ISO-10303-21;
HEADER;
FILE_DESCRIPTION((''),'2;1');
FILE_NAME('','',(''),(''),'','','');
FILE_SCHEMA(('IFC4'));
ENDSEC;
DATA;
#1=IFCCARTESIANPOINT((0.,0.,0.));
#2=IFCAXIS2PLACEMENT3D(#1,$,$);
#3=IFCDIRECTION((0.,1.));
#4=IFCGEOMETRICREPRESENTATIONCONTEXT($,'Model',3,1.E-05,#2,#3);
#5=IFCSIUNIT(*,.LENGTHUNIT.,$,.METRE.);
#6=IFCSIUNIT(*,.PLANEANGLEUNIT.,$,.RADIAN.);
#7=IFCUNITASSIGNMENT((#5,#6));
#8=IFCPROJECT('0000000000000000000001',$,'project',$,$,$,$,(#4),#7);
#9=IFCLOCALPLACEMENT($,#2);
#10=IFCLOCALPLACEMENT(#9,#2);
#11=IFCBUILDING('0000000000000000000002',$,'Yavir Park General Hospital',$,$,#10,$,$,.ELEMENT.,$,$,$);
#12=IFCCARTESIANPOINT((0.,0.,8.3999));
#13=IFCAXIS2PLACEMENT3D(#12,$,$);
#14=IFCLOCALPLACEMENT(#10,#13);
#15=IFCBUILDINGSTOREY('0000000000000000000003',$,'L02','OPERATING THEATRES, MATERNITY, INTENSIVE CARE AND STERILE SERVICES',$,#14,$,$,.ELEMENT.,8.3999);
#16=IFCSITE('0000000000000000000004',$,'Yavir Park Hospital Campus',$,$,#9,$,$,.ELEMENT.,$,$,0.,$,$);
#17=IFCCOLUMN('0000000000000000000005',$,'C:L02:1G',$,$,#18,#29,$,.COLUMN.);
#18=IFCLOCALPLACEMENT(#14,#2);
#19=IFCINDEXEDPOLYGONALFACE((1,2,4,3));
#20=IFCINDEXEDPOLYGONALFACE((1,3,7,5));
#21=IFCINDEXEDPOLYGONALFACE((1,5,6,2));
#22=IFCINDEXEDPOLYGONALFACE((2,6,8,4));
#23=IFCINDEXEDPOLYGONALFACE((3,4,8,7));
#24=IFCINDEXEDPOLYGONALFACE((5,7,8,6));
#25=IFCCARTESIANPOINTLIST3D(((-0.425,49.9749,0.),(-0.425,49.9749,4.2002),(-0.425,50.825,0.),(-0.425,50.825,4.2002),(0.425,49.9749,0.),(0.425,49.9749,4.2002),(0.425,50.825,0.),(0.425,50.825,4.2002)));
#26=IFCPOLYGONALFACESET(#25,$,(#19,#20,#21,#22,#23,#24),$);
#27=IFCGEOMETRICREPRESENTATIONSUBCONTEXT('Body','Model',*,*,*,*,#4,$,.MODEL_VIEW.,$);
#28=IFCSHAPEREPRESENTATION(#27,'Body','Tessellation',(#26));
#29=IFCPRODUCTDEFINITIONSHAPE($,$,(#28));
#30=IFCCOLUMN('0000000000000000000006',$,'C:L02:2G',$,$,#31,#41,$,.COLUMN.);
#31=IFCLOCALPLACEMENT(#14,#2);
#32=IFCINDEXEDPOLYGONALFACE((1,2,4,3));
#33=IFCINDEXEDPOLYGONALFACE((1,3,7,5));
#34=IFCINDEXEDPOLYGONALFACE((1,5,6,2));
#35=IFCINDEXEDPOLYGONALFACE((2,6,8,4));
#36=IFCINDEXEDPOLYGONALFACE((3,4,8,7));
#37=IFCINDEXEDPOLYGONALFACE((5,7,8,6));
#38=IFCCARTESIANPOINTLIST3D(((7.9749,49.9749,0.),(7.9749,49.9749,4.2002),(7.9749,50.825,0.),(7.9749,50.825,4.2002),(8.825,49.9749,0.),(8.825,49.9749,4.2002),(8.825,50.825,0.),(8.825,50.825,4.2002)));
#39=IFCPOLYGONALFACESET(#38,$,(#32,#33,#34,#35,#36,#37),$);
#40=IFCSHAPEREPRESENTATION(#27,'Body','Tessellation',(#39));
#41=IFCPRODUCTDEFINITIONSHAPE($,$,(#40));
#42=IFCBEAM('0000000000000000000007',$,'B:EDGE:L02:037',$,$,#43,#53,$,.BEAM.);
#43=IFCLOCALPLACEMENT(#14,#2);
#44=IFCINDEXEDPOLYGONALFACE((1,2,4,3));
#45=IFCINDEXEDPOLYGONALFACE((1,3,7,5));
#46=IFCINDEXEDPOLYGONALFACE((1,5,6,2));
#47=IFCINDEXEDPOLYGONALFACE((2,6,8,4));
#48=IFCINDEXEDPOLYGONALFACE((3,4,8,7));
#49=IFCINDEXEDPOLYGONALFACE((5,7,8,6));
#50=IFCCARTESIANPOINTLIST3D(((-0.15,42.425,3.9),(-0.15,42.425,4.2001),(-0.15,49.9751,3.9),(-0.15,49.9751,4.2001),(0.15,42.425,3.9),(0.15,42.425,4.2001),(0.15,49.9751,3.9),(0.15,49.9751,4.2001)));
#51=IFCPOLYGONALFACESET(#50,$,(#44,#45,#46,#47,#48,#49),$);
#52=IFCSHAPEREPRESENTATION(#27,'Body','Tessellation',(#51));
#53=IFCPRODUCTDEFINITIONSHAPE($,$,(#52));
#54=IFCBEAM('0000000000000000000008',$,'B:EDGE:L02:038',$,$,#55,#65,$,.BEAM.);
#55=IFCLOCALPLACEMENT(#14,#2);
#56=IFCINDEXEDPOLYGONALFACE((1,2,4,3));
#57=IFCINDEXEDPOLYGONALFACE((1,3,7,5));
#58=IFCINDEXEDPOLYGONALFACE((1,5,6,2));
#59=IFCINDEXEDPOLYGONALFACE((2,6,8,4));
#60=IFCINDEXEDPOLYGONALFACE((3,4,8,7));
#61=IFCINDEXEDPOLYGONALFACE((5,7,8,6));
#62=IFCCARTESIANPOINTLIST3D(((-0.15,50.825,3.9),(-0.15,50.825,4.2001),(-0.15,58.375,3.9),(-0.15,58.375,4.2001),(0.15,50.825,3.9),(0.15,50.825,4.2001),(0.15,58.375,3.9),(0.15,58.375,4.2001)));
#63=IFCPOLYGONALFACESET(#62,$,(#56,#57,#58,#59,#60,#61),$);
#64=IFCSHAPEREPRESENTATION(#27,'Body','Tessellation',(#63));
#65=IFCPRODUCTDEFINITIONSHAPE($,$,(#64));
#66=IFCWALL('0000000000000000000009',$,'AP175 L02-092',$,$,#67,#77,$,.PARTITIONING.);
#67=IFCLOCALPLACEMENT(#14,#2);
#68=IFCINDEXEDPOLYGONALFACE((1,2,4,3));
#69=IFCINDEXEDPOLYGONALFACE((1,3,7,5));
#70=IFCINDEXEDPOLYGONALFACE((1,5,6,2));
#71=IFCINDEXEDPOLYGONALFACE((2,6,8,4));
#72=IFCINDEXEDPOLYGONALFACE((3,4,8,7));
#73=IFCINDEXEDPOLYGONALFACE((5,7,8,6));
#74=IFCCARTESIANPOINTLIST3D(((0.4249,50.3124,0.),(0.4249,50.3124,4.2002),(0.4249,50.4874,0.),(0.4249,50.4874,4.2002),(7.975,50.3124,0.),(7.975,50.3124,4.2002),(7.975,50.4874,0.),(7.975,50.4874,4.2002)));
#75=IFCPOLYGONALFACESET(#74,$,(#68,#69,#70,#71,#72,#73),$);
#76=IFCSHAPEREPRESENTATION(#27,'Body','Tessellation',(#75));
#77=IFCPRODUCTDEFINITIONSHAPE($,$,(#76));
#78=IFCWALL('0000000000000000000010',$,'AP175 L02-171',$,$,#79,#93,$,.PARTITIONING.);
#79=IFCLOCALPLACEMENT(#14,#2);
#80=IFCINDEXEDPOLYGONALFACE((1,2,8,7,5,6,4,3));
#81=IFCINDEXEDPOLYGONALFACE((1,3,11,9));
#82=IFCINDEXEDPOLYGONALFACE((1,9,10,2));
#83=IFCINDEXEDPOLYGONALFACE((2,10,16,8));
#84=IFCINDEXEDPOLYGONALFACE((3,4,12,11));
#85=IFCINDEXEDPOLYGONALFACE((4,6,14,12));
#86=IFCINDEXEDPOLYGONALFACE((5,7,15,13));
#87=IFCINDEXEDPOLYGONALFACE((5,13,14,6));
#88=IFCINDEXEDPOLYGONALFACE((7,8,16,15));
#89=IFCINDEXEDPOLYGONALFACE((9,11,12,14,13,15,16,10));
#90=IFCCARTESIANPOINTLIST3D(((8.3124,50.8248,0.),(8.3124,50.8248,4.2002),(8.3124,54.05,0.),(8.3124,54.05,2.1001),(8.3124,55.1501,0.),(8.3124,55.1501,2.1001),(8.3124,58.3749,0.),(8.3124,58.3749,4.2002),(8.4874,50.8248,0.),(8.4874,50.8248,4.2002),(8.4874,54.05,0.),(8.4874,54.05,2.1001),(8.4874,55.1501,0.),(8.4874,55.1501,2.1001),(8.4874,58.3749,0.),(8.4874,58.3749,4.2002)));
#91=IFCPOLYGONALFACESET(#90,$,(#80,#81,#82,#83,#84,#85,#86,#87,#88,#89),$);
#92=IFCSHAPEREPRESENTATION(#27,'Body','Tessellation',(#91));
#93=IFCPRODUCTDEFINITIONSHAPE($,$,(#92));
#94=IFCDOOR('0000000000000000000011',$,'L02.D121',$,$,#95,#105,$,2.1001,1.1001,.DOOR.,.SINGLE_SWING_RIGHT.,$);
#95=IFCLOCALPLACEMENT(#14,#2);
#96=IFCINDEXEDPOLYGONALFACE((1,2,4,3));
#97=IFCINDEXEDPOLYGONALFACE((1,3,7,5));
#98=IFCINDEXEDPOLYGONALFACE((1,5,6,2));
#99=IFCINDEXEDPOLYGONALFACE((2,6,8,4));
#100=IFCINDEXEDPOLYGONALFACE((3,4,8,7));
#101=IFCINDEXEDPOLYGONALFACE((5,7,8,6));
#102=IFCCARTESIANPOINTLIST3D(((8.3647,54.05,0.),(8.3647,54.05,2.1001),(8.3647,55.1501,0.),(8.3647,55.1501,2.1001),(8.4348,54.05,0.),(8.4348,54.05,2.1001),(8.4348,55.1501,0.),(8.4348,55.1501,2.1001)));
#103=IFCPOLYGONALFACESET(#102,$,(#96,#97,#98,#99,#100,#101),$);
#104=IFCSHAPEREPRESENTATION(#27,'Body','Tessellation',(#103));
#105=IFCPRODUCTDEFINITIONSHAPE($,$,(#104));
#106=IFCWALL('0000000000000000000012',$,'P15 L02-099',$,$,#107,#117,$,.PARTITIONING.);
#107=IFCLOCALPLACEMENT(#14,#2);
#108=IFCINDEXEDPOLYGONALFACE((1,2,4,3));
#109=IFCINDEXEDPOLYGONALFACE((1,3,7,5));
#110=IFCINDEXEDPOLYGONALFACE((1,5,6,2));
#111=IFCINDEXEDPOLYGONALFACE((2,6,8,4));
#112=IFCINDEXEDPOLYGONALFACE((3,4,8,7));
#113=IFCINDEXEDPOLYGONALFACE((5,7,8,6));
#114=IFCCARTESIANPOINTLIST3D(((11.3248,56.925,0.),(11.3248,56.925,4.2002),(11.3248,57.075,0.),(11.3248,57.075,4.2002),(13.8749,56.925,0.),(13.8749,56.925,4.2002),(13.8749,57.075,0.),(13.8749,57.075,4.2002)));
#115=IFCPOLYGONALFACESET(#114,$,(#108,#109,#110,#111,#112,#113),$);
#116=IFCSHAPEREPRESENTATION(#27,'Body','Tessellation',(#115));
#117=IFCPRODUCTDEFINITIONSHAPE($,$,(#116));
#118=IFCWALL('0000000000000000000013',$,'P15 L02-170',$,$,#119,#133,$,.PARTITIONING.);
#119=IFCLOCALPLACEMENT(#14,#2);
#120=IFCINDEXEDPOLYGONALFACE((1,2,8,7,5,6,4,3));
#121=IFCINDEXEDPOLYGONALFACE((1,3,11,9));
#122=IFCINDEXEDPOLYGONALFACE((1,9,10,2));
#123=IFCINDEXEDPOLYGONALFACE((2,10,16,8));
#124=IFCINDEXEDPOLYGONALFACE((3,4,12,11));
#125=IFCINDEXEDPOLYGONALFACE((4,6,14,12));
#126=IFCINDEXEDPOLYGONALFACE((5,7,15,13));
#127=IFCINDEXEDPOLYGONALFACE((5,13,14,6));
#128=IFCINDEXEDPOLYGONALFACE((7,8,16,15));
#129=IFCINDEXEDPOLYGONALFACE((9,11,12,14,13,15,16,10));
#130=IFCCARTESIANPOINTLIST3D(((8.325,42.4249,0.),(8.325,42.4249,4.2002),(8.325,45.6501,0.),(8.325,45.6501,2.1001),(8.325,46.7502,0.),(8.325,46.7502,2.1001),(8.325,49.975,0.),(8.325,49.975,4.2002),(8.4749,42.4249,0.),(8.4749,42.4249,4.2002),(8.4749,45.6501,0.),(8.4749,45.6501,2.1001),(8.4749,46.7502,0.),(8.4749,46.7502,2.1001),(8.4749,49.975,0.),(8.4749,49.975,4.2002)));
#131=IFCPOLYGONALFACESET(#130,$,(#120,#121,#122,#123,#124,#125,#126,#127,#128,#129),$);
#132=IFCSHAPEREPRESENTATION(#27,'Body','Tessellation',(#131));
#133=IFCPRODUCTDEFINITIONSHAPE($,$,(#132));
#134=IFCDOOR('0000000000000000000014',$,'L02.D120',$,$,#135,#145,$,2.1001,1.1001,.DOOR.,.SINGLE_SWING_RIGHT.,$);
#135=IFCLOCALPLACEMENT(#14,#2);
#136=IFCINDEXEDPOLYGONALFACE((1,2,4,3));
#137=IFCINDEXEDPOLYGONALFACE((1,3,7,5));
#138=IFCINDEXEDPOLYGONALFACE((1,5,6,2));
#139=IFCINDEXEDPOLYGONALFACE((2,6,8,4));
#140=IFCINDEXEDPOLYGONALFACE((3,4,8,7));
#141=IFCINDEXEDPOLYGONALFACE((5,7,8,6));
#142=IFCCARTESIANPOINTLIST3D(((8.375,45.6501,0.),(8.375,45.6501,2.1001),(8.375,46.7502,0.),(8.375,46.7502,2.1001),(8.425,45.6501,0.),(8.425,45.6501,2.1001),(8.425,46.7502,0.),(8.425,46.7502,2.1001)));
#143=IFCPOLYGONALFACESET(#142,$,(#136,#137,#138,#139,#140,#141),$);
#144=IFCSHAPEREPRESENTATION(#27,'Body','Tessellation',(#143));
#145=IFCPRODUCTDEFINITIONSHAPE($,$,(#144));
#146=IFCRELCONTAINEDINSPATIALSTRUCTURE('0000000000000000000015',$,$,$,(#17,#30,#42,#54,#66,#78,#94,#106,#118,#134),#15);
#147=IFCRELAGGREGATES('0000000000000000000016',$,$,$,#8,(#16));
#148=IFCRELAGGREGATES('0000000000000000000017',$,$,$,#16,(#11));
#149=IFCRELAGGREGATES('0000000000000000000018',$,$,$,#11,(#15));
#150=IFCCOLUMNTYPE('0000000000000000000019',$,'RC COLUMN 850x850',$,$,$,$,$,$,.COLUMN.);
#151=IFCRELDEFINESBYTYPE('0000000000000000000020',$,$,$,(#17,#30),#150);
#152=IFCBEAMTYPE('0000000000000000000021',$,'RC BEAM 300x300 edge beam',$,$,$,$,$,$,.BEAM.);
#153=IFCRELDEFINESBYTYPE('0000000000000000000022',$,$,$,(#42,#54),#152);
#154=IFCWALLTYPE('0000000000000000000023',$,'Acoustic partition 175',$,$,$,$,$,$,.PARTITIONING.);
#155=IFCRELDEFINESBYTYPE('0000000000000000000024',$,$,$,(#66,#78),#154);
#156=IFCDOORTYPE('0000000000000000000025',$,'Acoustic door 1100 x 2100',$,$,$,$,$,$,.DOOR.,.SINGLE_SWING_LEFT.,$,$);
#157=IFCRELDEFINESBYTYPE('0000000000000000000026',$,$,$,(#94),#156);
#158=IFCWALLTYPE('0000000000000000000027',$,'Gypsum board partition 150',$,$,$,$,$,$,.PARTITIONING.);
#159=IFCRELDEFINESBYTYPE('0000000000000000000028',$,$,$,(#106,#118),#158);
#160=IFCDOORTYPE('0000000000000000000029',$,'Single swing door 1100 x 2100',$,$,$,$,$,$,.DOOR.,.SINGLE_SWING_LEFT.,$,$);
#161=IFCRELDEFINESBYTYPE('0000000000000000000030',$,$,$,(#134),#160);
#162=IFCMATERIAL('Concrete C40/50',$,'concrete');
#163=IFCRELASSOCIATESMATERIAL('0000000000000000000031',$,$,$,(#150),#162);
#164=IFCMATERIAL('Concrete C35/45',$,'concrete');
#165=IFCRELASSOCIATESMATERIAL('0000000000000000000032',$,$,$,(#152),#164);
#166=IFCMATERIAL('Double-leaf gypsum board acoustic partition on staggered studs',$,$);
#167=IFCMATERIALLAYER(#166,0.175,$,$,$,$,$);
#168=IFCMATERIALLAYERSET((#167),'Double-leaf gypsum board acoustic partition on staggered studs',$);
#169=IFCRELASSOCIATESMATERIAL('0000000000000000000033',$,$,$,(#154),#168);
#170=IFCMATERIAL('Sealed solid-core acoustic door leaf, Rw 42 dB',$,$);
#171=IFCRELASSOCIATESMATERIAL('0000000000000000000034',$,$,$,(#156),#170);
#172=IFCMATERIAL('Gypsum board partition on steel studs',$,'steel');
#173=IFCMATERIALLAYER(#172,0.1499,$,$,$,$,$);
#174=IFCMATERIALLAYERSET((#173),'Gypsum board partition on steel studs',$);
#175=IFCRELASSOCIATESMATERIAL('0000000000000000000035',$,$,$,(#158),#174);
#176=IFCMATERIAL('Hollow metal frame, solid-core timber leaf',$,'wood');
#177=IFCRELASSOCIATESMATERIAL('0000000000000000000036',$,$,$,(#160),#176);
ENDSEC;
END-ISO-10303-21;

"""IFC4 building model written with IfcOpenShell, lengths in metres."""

from ifc_helpers import new_model, si_unit, direction, frame, frame_2d, origin, origin_2d, place, context, subcontext, project, spatial, rectangle, extrude, material, layer, layer_set, material_profile, profile_set, type_object, element, fill, save


model = new_model("IFC4")

# Units and contexts
model_context = context("Model", 3, precision=1e-05, world=origin(), true_north=direction((0.0, 1.0)))
body_context = subcontext(model_context, "Body", "Model", "MODEL_VIEW")
ifc_project = project(units=[si_unit("LENGTHUNIT", "METRE"), si_unit("PLANEANGLEUNIT", "RADIAN")], contexts=[model_context])

# Site, building, storey
site_placement = place(None, origin())
site = spatial("IfcSite", under=ifc_project, at=site_placement, Name="Yavir Park Hospital Campus", CompositionType="ELEMENT", RefElevation=0.0)
building_placement = place(site_placement, origin())
building = spatial("IfcBuilding", under=site, at=building_placement, Name="Yavir Park General Hospital", CompositionType="ELEMENT")
storey_placement = place(building_placement, frame((0.0, 0.0, 8.3999)))
storey = spatial("IfcBuildingStorey", under=building, at=storey_placement, Name="L02", Description="OPERATING THEATRES, MATERNITY, INTENSIVE CARE AND STERILE SERVICES", CompositionType="ELEMENT", Elevation=8.3999)

# Columns
ifc_material_1 = material(Name="Concrete C40/50", Category="concrete")
ifc_material_profile_1 = material_profile(ifc_material_1, rectangle(XDim=0.8501, YDim=0.8501, at=origin_2d()), Name="RC850x850")
ifc_profile_set_1 = profile_set([ifc_material_profile_1], Name="Concrete C40/50")
column_type = type_object("IfcColumnType", Name="RC COLUMN 850x850", PredefinedType="COLUMN", material=ifc_profile_set_1)
for number, where, z_axis, x_axis, name in (
    (1, (0.0, 50.3999, 0.0), (0.0, 0.0, 1.0), (1.0, 0.0, 0.0), "C:L02:1G"),
    (2, (8.3999, 50.3999, 0.0), (0.0, 0.0, 1.0), (1.0, 0.0, 0.0), "C:L02:2G"),
):
    element("IfcColumn", number, at=place(storey_placement, frame(where, z_axis=z_axis, x_axis=x_axis)), inside=storey, type_object=column_type, Name=name, PredefinedType="COLUMN", context=body_context, shape_type="SweptSolid", body=[
        extrude(rectangle(XDim=0.8501, YDim=0.8501, at=origin_2d()), origin(), (0.0, 0.0, 1.0), 4.2002),
    ])

# Beams
ifc_material_2 = material(Name="Concrete C35/45", Category="concrete")
ifc_material_profile_2 = material_profile(ifc_material_2, rectangle(XDim=0.3, YDim=0.3, at=origin_2d()), Name="RC300x300")
ifc_profile_set_2 = profile_set([ifc_material_profile_2], Name="Concrete C35/45")
beam_type = type_object("IfcBeamType", Name="RC BEAM 300x300 edge beam", PredefinedType="BEAM", material=ifc_profile_set_2)
for number, where, z_axis, x_axis, name in (
    (3, (0.0, 42.425, 4.05), (0.0, 1.0, 0.0), (-1.0, 0.0, 0.0), "B:EDGE:L02:037"),
    (4, (0.0, 50.825, 4.05), (0.0, 1.0, 0.0), (-1.0, 0.0, 0.0), "B:EDGE:L02:038"),
):
    element("IfcBeam", number, at=place(storey_placement, frame(where, z_axis=z_axis, x_axis=x_axis)), inside=storey, type_object=beam_type, Name=name, PredefinedType="BEAM", context=body_context, shape_type="SweptSolid", body=[
        extrude(rectangle(XDim=0.3, YDim=0.3, at=origin_2d()), origin(), (0.0, 0.0, 1.0), 7.55),
    ])

# Wall
ifc_material_3 = material(Name="Double-leaf gypsum board acoustic partition on staggered studs")
ifc_layer_1 = layer(ifc_material_3, 0.175)
ifc_layer_set_1 = layer_set([ifc_layer_1], Name="Double-leaf gypsum board acoustic partition on staggered studs")
wall_type_1 = type_object("IfcWallType", Name="Acoustic partition 175", PredefinedType="PARTITIONING", material=ifc_layer_set_1)
wall_1_placement = place(storey_placement, frame((0.425, 50.3999, 0.0), z_axis=(0.0, 0.0, 1.0), x_axis=(1.0, 0.0, 0.0)))
element("IfcWall", 5, at=wall_1_placement, inside=storey, type_object=wall_type_1, Name="AP175 L02-092", PredefinedType="PARTITIONING", context=body_context, shape_type="SweptSolid", body=[
    extrude(rectangle(XDim=7.55, YDim=0.175, at=frame_2d((3.7749, 0.0))), origin(), (0.0, 0.0, 1.0), 4.2002),
])

# Wall, opening, door
wall_2_placement = place(storey_placement, frame((8.3999, 50.825, 0.0), z_axis=(0.0, 0.0, 1.0), x_axis=(0.0, 1.0, 0.0)))
wall_2 = element("IfcWall", 6, at=wall_2_placement, inside=storey, type_object=wall_type_1, Name="AP175 L02-171", PredefinedType="PARTITIONING", context=body_context, shape_type="SweptSolid", body=[
    extrude(rectangle(XDim=7.55, YDim=0.175, at=frame_2d((3.7749, 0.0))), origin(), (0.0, 0.0, 1.0), 4.2002),
])
opening_1_placement = place(wall_2_placement, frame((3.2251, 0.0, 0.0)))
opening_1 = element("IfcOpeningElement", 7, at=opening_1_placement, cuts=wall_2, PredefinedType="OPENING", context=body_context, shape_type="SweptSolid", body=[
    extrude(rectangle(XDim=1.1001, YDim=2.1001, at=frame_2d((0.55, 1.05))), frame((0.0, 0.0974, 0.0), z_axis=(0.0, -1.0, 0.0), x_axis=(1.0, 0.0, 0.0)), (0.0, 0.0, 1.0), 0.1951),
])
ifc_material_4 = material(Name="Sealed solid-core acoustic door leaf, Rw 42 dB")
door_type_1 = type_object("IfcDoorType", Name="Acoustic door 1100 x 2100", OperationType="SINGLE_SWING_LEFT", PredefinedType="DOOR", material=ifc_material_4)
door_1_placement = place(opening_1_placement, origin())
door_1 = element("IfcDoor", 8, at=door_1_placement, inside=storey, type_object=door_type_1, Name="L02.D121", OperationType="SINGLE_SWING_RIGHT", OverallHeight=2.1001, OverallWidth=1.1001, PredefinedType="DOOR", context=body_context, shape_type="SweptSolid", body=[
    extrude(rectangle(XDim=1.1001, YDim=2.1001, at=frame_2d((0.55, 1.05))), frame((0.0, 0.0352, 0.0), z_axis=(0.0, -1.0, 0.0), x_axis=(1.0, 0.0, 0.0)), (0.0, 0.0, 1.0), 0.0701),
])
fill(opening_1, door_1)

# Wall
ifc_material_5 = material(Name="Gypsum board partition on steel studs", Category="steel")
ifc_layer_2 = layer(ifc_material_5, 0.1499)
ifc_layer_set_2 = layer_set([ifc_layer_2], Name="Gypsum board partition on steel studs")
wall_type_2 = type_object("IfcWallType", Name="Gypsum board partition 150", PredefinedType="PARTITIONING", material=ifc_layer_set_2)
wall_3_placement = place(storey_placement, frame((11.325, 57.0, 0.0), z_axis=(0.0, 0.0, 1.0), x_axis=(1.0, 0.0, 0.0)))
element("IfcWall", 9, at=wall_3_placement, inside=storey, type_object=wall_type_2, Name="P15 L02-099", PredefinedType="PARTITIONING", context=body_context, shape_type="SweptSolid", body=[
    extrude(rectangle(XDim=2.55, YDim=0.1499, at=frame_2d((1.2749, 0.0))), origin(), (0.0, 0.0, 1.0), 4.2002),
])

# Wall, opening, door
wall_4_placement = place(storey_placement, frame((8.3999, 42.425, 0.0), z_axis=(0.0, 0.0, 1.0), x_axis=(0.0, 1.0, 0.0)))
wall_4 = element("IfcWall", 10, at=wall_4_placement, inside=storey, type_object=wall_type_2, Name="P15 L02-170", PredefinedType="PARTITIONING", context=body_context, shape_type="SweptSolid", body=[
    extrude(rectangle(XDim=7.55, YDim=0.1499, at=frame_2d((3.7749, 0.0))), origin(), (0.0, 0.0, 1.0), 4.2002),
])
opening_2_placement = place(wall_4_placement, frame((3.2251, 0.0, 0.0)))
opening_2 = element("IfcOpeningElement", 11, at=opening_2_placement, cuts=wall_4, PredefinedType="OPENING", context=body_context, shape_type="SweptSolid", body=[
    extrude(rectangle(XDim=1.1001, YDim=2.1001, at=frame_2d((0.55, 1.05))), frame((0.0, 0.085, 0.0), z_axis=(0.0, -1.0, 0.0), x_axis=(1.0, 0.0, 0.0)), (0.0, 0.0, 1.0), 0.1699),
])
ifc_material_6 = material(Name="Hollow metal frame, solid-core timber leaf", Category="wood")
door_type_2 = type_object("IfcDoorType", Name="Single swing door 1100 x 2100", OperationType="SINGLE_SWING_LEFT", PredefinedType="DOOR", material=ifc_material_6)
door_2_placement = place(opening_2_placement, origin())
door_2 = element("IfcDoor", 12, at=door_2_placement, inside=storey, type_object=door_type_2, Name="L02.D120", OperationType="SINGLE_SWING_RIGHT", OverallHeight=2.1001, OverallWidth=1.1001, PredefinedType="DOOR", context=body_context, shape_type="SweptSolid", body=[
    extrude(rectangle(XDim=1.1001, YDim=2.1001, at=frame_2d((0.55, 1.05))), frame((0.0, 0.0249, 0.0), z_axis=(0.0, -1.0, 0.0), x_axis=(1.0, 0.0, 0.0)), (0.0, 0.0, 1.0), 0.05),
])
fill(opening_2, door_2)

save(model, "model.ifc")
